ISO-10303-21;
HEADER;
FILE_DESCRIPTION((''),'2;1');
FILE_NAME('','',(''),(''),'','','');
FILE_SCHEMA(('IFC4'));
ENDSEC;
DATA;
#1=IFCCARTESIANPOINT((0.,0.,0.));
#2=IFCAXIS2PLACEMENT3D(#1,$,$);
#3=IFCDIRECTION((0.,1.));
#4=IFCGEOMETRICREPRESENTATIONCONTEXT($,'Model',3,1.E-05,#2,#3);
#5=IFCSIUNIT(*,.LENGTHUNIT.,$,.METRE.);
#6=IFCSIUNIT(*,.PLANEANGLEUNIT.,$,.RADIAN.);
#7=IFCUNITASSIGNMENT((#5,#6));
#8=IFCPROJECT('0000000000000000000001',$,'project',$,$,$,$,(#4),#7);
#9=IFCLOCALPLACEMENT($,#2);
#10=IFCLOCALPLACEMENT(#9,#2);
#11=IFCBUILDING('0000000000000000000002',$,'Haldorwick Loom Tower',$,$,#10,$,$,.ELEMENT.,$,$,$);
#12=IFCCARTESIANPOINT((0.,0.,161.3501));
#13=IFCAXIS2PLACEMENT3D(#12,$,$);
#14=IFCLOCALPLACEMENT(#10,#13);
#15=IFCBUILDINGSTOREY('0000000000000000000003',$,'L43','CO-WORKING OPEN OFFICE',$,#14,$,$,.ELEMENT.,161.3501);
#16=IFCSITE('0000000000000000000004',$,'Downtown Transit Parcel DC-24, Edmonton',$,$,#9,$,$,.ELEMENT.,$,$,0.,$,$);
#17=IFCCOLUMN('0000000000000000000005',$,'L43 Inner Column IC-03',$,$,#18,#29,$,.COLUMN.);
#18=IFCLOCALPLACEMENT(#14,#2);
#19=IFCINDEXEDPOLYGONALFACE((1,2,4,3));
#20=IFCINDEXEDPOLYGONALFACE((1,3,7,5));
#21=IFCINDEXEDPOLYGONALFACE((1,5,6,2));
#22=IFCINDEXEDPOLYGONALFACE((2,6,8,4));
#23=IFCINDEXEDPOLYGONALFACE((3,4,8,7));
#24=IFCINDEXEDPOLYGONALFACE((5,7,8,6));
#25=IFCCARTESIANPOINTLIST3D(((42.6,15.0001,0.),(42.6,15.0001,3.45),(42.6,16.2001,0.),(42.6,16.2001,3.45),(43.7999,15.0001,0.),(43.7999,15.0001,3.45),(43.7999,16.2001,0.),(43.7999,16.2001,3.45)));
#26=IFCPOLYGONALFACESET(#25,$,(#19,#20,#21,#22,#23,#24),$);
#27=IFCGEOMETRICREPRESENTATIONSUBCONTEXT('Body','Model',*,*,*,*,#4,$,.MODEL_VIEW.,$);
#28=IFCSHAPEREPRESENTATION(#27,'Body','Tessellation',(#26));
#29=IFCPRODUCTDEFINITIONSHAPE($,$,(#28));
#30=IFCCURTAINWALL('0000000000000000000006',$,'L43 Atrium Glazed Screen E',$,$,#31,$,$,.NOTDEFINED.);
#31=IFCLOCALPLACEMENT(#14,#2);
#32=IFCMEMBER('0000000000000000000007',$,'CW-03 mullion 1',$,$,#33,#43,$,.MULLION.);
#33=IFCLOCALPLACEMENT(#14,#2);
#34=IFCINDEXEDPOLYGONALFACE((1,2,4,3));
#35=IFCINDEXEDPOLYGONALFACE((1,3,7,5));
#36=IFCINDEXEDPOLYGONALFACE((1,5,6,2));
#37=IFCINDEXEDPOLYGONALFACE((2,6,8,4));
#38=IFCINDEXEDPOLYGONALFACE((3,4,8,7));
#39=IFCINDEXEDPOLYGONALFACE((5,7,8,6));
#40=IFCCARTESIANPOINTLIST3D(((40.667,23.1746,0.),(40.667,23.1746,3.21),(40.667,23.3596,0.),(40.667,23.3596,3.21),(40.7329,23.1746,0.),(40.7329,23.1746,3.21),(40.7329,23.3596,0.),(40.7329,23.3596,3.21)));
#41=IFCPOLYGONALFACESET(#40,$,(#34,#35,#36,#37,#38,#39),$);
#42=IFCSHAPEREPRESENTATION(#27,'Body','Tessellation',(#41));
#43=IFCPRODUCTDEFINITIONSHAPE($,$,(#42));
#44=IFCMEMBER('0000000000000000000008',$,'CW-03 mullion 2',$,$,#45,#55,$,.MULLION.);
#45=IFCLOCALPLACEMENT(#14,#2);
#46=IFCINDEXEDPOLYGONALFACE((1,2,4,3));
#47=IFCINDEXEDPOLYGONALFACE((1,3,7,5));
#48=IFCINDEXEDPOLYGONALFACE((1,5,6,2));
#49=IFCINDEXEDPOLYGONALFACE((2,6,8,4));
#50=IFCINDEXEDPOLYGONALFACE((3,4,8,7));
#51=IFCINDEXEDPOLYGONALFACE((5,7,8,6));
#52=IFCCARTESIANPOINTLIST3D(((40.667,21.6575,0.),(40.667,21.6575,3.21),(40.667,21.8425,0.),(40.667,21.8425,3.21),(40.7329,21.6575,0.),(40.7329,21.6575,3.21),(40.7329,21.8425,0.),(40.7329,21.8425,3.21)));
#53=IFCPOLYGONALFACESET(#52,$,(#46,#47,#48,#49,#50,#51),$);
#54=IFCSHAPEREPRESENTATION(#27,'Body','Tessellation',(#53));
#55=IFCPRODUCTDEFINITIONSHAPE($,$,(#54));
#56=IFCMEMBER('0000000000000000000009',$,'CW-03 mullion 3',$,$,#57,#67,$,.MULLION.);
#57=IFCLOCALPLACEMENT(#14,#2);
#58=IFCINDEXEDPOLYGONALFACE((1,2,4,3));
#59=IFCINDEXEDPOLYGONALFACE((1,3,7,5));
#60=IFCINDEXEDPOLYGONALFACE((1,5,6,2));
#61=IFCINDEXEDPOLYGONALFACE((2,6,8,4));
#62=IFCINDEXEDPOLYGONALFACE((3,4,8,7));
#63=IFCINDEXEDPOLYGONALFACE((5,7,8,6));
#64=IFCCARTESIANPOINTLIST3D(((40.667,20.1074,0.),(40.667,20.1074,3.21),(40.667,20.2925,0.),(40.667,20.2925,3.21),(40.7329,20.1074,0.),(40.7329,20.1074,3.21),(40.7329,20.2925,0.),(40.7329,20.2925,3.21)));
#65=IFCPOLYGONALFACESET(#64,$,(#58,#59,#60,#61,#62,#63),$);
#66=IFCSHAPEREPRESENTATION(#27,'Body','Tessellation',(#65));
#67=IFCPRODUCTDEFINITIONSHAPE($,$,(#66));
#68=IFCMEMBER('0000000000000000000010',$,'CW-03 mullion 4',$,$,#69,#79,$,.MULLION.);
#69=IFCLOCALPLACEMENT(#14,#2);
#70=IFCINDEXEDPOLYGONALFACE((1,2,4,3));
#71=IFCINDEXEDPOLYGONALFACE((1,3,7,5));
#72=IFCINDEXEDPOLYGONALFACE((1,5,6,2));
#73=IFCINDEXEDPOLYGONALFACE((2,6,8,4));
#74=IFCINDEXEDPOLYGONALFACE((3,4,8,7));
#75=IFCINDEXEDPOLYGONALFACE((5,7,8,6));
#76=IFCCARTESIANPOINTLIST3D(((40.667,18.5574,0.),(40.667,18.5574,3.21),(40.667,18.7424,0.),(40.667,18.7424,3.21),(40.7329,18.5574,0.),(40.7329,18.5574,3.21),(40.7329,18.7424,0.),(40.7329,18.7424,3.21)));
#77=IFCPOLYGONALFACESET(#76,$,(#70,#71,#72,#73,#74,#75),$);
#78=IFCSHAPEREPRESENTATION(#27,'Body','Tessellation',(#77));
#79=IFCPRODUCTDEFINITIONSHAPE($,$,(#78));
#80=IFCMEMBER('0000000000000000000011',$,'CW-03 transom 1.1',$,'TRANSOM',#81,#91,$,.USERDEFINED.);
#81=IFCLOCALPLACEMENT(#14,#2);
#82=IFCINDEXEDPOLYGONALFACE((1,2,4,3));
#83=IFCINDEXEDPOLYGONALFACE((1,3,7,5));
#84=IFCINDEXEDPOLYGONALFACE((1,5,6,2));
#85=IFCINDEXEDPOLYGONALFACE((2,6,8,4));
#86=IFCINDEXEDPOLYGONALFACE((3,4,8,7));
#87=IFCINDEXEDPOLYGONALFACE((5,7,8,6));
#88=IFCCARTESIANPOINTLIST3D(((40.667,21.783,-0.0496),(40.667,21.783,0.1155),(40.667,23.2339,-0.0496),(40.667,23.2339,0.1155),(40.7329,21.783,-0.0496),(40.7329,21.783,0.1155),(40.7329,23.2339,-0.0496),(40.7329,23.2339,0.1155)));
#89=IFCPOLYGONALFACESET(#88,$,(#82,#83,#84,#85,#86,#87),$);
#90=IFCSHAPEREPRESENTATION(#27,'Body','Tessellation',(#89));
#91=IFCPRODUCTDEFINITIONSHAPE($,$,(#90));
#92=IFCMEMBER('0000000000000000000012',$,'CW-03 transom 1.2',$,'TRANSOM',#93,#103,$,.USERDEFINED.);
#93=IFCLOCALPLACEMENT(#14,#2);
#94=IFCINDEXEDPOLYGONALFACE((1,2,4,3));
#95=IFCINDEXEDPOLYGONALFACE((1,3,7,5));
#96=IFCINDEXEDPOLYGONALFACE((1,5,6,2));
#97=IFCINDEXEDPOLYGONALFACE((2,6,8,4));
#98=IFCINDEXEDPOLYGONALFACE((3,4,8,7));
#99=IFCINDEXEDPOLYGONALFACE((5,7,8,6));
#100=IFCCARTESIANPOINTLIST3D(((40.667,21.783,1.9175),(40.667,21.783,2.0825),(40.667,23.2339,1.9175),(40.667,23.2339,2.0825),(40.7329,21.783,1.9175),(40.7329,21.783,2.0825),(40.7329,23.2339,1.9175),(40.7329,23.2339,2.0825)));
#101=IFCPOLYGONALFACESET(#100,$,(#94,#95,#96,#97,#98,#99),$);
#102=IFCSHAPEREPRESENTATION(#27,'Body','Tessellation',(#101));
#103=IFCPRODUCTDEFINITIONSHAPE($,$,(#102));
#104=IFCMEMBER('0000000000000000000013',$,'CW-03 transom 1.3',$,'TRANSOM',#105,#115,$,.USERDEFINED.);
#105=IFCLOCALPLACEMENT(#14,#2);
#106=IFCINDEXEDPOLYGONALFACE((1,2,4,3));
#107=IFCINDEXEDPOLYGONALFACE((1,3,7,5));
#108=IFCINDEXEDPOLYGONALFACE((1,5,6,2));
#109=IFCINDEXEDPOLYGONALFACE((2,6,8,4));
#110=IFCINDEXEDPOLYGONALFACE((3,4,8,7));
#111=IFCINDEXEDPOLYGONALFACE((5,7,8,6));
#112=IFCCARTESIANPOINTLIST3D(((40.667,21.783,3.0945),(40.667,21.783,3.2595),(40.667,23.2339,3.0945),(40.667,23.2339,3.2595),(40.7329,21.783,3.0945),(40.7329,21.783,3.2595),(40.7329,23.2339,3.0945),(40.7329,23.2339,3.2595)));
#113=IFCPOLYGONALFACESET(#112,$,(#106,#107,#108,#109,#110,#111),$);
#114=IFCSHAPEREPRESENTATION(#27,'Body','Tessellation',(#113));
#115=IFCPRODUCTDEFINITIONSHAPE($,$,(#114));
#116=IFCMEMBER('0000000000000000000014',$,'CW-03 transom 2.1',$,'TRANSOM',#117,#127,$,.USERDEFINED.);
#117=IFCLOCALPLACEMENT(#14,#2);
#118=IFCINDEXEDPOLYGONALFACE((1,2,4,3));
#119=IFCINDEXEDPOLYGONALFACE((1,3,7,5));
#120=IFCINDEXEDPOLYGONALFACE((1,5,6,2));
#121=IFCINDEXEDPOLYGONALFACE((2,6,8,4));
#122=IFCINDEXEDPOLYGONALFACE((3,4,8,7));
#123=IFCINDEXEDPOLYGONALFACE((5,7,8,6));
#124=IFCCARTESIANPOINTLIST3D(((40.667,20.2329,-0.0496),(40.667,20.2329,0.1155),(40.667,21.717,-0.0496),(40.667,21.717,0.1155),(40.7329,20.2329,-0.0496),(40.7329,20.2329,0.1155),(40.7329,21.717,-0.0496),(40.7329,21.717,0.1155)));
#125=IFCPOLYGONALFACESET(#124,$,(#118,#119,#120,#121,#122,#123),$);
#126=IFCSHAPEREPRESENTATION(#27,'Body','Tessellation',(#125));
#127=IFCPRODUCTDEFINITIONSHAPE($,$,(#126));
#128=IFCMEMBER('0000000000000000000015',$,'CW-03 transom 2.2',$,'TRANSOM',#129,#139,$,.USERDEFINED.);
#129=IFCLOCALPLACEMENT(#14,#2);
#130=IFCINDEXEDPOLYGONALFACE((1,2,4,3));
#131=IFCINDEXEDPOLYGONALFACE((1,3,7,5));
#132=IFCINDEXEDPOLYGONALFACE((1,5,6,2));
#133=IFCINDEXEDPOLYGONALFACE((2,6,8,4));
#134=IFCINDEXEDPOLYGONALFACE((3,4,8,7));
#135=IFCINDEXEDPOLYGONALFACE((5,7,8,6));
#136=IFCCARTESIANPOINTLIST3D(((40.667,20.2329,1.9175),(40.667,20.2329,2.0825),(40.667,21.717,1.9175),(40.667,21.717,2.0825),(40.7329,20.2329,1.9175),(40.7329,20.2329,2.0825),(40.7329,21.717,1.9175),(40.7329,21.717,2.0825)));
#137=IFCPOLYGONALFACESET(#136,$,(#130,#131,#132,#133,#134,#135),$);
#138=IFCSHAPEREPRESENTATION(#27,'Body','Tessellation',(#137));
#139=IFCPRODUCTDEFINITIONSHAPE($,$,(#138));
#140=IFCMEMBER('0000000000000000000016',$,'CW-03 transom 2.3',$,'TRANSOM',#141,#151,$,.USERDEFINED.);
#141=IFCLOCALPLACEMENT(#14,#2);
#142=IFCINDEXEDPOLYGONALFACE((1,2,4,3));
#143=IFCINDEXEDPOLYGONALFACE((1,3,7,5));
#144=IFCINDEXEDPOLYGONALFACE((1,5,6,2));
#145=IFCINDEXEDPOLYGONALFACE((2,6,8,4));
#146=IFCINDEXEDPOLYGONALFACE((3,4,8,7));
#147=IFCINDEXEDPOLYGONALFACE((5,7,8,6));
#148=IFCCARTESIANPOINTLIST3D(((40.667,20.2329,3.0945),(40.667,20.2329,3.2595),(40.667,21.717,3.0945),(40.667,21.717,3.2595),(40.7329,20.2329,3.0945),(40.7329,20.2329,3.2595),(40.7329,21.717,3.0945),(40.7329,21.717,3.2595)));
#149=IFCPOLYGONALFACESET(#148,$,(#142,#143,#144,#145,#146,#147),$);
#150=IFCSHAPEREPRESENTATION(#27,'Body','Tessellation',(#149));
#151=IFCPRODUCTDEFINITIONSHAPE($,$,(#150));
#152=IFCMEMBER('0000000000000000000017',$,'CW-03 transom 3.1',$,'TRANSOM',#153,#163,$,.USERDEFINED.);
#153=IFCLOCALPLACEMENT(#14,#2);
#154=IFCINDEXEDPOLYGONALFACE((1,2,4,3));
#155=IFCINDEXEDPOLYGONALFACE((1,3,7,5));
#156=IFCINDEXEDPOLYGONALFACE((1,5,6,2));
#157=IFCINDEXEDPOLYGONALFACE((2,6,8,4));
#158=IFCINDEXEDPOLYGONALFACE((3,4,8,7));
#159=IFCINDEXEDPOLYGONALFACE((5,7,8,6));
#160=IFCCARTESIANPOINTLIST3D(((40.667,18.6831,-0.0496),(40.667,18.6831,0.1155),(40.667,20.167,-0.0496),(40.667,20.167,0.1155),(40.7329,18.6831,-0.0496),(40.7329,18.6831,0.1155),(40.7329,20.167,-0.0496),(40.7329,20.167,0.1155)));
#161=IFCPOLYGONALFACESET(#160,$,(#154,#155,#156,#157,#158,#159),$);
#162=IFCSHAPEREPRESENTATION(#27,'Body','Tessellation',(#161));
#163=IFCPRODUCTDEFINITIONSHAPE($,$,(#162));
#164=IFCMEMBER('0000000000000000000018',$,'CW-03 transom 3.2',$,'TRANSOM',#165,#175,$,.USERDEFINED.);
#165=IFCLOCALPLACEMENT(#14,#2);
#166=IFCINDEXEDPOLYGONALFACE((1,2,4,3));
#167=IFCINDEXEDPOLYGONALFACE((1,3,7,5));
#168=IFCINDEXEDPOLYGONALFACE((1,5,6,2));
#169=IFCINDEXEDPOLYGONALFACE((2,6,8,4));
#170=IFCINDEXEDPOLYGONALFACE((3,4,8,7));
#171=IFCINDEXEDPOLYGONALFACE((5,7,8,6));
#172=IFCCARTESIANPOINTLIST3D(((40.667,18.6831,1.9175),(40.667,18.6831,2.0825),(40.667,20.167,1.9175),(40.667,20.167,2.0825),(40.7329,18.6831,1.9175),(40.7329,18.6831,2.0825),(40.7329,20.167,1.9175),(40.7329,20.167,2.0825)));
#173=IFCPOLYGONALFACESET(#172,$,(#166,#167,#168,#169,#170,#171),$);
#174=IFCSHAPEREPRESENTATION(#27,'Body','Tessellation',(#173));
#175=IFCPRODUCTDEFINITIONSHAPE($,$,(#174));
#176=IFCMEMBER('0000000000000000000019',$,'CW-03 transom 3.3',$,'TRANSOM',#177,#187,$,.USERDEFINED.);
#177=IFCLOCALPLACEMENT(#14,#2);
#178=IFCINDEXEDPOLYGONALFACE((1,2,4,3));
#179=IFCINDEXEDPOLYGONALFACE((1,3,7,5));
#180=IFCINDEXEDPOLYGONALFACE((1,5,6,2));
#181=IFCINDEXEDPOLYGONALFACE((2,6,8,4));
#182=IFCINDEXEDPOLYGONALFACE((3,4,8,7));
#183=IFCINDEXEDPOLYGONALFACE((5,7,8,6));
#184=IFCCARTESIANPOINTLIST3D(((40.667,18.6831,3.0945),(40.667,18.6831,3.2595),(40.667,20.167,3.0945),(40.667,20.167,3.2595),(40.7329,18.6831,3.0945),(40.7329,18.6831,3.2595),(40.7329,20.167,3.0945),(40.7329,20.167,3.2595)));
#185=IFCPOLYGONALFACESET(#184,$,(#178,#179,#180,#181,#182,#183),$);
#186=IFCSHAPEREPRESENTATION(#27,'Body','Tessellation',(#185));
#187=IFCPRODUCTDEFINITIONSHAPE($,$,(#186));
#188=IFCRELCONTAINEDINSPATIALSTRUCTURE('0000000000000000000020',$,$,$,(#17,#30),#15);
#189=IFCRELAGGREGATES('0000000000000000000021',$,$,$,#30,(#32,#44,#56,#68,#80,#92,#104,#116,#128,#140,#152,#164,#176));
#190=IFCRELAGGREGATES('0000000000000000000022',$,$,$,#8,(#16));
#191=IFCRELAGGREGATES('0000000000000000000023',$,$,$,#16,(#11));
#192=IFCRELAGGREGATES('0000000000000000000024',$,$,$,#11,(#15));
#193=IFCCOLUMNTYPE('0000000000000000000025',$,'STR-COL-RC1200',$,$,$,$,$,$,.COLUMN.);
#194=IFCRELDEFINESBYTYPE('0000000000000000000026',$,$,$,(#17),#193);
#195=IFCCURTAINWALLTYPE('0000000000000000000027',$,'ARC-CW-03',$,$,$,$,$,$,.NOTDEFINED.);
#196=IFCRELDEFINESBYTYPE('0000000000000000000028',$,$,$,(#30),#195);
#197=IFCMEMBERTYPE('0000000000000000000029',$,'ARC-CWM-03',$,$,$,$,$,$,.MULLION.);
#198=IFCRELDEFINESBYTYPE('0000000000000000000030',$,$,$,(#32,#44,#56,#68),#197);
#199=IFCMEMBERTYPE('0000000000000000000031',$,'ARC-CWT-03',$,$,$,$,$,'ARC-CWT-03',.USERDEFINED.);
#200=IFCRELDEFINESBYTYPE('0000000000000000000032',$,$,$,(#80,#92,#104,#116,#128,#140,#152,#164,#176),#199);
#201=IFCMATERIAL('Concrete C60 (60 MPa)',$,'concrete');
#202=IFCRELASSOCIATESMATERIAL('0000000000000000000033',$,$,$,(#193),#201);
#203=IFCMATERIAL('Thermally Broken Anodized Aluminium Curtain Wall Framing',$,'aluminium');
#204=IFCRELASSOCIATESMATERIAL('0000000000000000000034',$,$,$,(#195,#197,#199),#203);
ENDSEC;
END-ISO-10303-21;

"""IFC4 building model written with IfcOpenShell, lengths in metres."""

from ifc_helpers import new_model, si_unit, direction, frame, origin, origin_2d, place, context, subcontext, project, spatial, rectangle, extrude, material, material_profile, profile_set, type_object, element, aggregate, save


model = new_model("IFC4")

# Units and contexts
model_context = context("Model", 3, precision=1e-05, world=origin(), true_north=direction((0.0, 1.0)))
body_context = subcontext(model_context, "Body", "Model", "MODEL_VIEW")
ifc_project = project(units=[si_unit("LENGTHUNIT", "METRE"), si_unit("PLANEANGLEUNIT", "RADIAN")], contexts=[model_context])

# Site, building, storey
site_placement = place(None, origin())
site = spatial("IfcSite", under=ifc_project, at=site_placement, Name="Downtown Transit Parcel DC-24, Edmonton", CompositionType="ELEMENT", RefElevation=0.0)
building_placement = place(site_placement, origin())
building = spatial("IfcBuilding", under=site, at=building_placement, Name="Haldorwick Loom Tower", CompositionType="ELEMENT")
storey_placement = place(building_placement, frame((0.0, 0.0, 161.3501)))
storey = spatial("IfcBuildingStorey", under=building, at=storey_placement, Name="L43", Description="CO-WORKING OPEN OFFICE", CompositionType="ELEMENT", Elevation=161.3501)

# Column
ifc_material_1 = material(Name="Concrete C60 (60 MPa)", Category="concrete")
ifc_material_profile_1 = material_profile(ifc_material_1, rectangle(XDim=1.2, YDim=1.2, at=origin_2d()), Name="RC1200X1200", Category="concrete")
ifc_profile_set_1 = profile_set([ifc_material_profile_1], Name="Concrete C60 (60 MPa)")
column_type = type_object("IfcColumnType", Name="STR-COL-RC1200", PredefinedType="COLUMN", material=ifc_profile_set_1)
column_placement = place(storey_placement, frame((43.2, 15.6001, 0.0), z_axis=(0.0, 0.0, 1.0), x_axis=(1.0, 0.0, 0.0)))
element("IfcColumn", 1, at=column_placement, inside=storey, type_object=column_type, Name="L43 Inner Column IC-03", PredefinedType="COLUMN", context=body_context, shape_type="SweptSolid", body=[
    extrude(rectangle(XDim=1.2, YDim=1.2, at=origin_2d()), origin(), (0.0, 0.0, 1.0), 3.45),
])

# Curtain wall, members
ifc_material_2 = material(Name="Thermally Broken Anodized Aluminium Curtain Wall Framing", Category="aluminium")
curtain_wall_type = type_object("IfcCurtainWallType", Name="ARC-CW-03", PredefinedType="NOTDEFINED", material=ifc_material_2)
curtain_wall_placement = place(storey_placement, origin())
curtain_wall = element("IfcCurtainWall", 2, at=curtain_wall_placement, inside=storey, type_object=curtain_wall_type, Name="L43 Atrium Glazed Screen E", PredefinedType="NOTDEFINED")
ifc_material_profile_2 = material_profile(ifc_material_2, rectangle(XDim=0.0659, YDim=0.1851, at=origin_2d()), Name="ALU_MUL_66X185", Category="aluminium")
ifc_profile_set_2 = profile_set([ifc_material_profile_2], Name="Thermally Broken Anodized Aluminium Curtain Wall Framing")
member_type_1 = type_object("IfcMemberType", Name="ARC-CWM-03", PredefinedType="MULLION", material=ifc_profile_set_2)
member_1_placement = place(storey_placement, frame((40.7, 23.2671, 0.0), z_axis=(0.0, 0.0, 1.0), x_axis=(1.0, 0.0, 0.0)))
member_1 = element("IfcMember", 3, at=member_1_placement, type_object=member_type_1, Name="CW-03 mullion 1", PredefinedType="MULLION", context=body_context, shape_type="SweptSolid", body=[
    extrude(rectangle(XDim=0.0659, YDim=0.1851, at=origin_2d()), origin(), (0.0, 0.0, 1.0), 3.21),
])
member_2_placement = place(storey_placement, frame((40.7, 21.75, 0.0), z_axis=(0.0, 0.0, 1.0), x_axis=(1.0, 0.0, 0.0)))
member_2 = element("IfcMember", 4, at=member_2_placement, type_object=member_type_1, Name="CW-03 mullion 2", PredefinedType="MULLION", context=body_context, shape_type="SweptSolid", body=[
    extrude(rectangle(XDim=0.0659, YDim=0.1851, at=origin_2d()), origin(), (0.0, 0.0, 1.0), 3.21),
])
member_3_placement = place(storey_placement, frame((40.7, 20.2, 0.0), z_axis=(0.0, 0.0, 1.0), x_axis=(1.0, 0.0, 0.0)))
member_3 = element("IfcMember", 5, at=member_3_placement, type_object=member_type_1, Name="CW-03 mullion 3", PredefinedType="MULLION", context=body_context, shape_type="SweptSolid", body=[
    extrude(rectangle(XDim=0.0659, YDim=0.1851, at=origin_2d()), origin(), (0.0, 0.0, 1.0), 3.21),
])
member_4_placement = place(storey_placement, frame((40.7, 18.6499, 0.0), z_axis=(0.0, 0.0, 1.0), x_axis=(1.0, 0.0, 0.0)))
member_4 = element("IfcMember", 6, at=member_4_placement, type_object=member_type_1, Name="CW-03 mullion 4", PredefinedType="MULLION", context=body_context, shape_type="SweptSolid", body=[
    extrude(rectangle(XDim=0.0659, YDim=0.1851, at=origin_2d()), origin(), (0.0, 0.0, 1.0), 3.21),
])
ifc_material_profile_3 = material_profile(ifc_material_2, rectangle(XDim=0.0659, YDim=0.165, at=origin_2d()), Name="ALU_TRN_66X165", Category="aluminium")
ifc_profile_set_3 = profile_set([ifc_material_profile_3], Name="Thermally Broken Anodized Aluminium Curtain Wall Framing")
member_type_2 = type_object("IfcMemberType", Name="ARC-CWT-03", ElementType="ARC-CWT-03", PredefinedType="USERDEFINED", material=ifc_profile_set_3)
member_5_placement = place(storey_placement, frame((40.7, 23.2339, 0.033), z_axis=(0.0, -1.0, 0.0), x_axis=(1.0, 0.0, 0.0)))
member_5 = element("IfcMember", 7, at=member_5_placement, type_object=member_type_2, Name="CW-03 transom 1.1", ObjectType="TRANSOM", PredefinedType="USERDEFINED", context=body_context, shape_type="SweptSolid", body=[
    extrude(rectangle(XDim=0.0659, YDim=0.165, at=origin_2d()), origin(), (0.0, 0.0, 1.0), 1.4509),
])
member_6_placement = place(storey_placement, frame((40.7, 23.2339, 2.0), z_axis=(0.0, -1.0, 0.0), x_axis=(1.0, 0.0, 0.0)))
member_6 = element("IfcMember", 8, at=member_6_placement, type_object=member_type_2, Name="CW-03 transom 1.2", ObjectType="TRANSOM", PredefinedType="USERDEFINED", context=body_context, shape_type="SweptSolid", body=[
    extrude(rectangle(XDim=0.0659, YDim=0.165, at=origin_2d()), origin(), (0.0, 0.0, 1.0), 1.4509),
])
member_7_placement = place(storey_placement, frame((40.7, 23.2339, 3.177), z_axis=(0.0, -1.0, 0.0), x_axis=(1.0, 0.0, 0.0)))
member_7 = element("IfcMember", 9, at=member_7_placement, type_object=member_type_2, Name="CW-03 transom 1.3", ObjectType="TRANSOM", PredefinedType="USERDEFINED", context=body_context, shape_type="SweptSolid", body=[
    extrude(rectangle(XDim=0.0659, YDim=0.165, at=origin_2d()), origin(), (0.0, 0.0, 1.0), 1.4509),
])
member_8_placement = place(storey_placement, frame((40.7, 21.717, 0.033), z_axis=(0.0, -1.0, 0.0), x_axis=(1.0, 0.0, 0.0)))
member_8 = element("IfcMember", 10, at=member_8_placement, type_object=member_type_2, Name="CW-03 transom 2.1", ObjectType="TRANSOM", PredefinedType="USERDEFINED", context=body_context, shape_type="SweptSolid", body=[
    extrude(rectangle(XDim=0.0659, YDim=0.165, at=origin_2d()), origin(), (0.0, 0.0, 1.0), 1.4841),
])
member_9_placement = place(storey_placement, frame((40.7, 21.717, 2.0), z_axis=(0.0, -1.0, 0.0), x_axis=(1.0, 0.0, 0.0)))
member_9 = element("IfcMember", 11, at=member_9_placement, type_object=member_type_2, Name="CW-03 transom 2.2", ObjectType="TRANSOM", PredefinedType="USERDEFINED", context=body_context, shape_type="SweptSolid", body=[
    extrude(rectangle(XDim=0.0659, YDim=0.165, at=origin_2d()), origin(), (0.0, 0.0, 1.0), 1.4841),
])
member_10_placement = place(storey_placement, frame((40.7, 21.717, 3.177), z_axis=(0.0, -1.0, 0.0), x_axis=(1.0, 0.0, 0.0)))
member_10 = element("IfcMember", 12, at=member_10_placement, type_object=member_type_2, Name="CW-03 transom 2.3", ObjectType="TRANSOM", PredefinedType="USERDEFINED", context=body_context, shape_type="SweptSolid", body=[
    extrude(rectangle(XDim=0.0659, YDim=0.165, at=origin_2d()), origin(), (0.0, 0.0, 1.0), 1.4841),
])
member_11_placement = place(storey_placement, frame((40.7, 20.167, 0.033), z_axis=(0.0, -1.0, 0.0), x_axis=(1.0, 0.0, 0.0)))
member_11 = element("IfcMember", 13, at=member_11_placement, type_object=member_type_2, Name="CW-03 transom 3.1", ObjectType="TRANSOM", PredefinedType="USERDEFINED", context=body_context, shape_type="SweptSolid", body=[
    extrude(rectangle(XDim=0.0659, YDim=0.165, at=origin_2d()), origin(), (0.0, 0.0, 1.0), 1.4839),
])
member_12_placement = place(storey_placement, frame((40.7, 20.167, 2.0), z_axis=(0.0, -1.0, 0.0), x_axis=(1.0, 0.0, 0.0)))
member_12 = element("IfcMember", 14, at=member_12_placement, type_object=member_type_2, Name="CW-03 transom 3.2", ObjectType="TRANSOM", PredefinedType="USERDEFINED", context=body_context, shape_type="SweptSolid", body=[
    extrude(rectangle(XDim=0.0659, YDim=0.165, at=origin_2d()), origin(), (0.0, 0.0, 1.0), 1.4839),
])
member_13_placement = place(storey_placement, frame((40.7, 20.167, 3.177), z_axis=(0.0, -1.0, 0.0), x_axis=(1.0, 0.0, 0.0)))
member_13 = element("IfcMember", 15, at=member_13_placement, type_object=member_type_2, Name="CW-03 transom 3.3", ObjectType="TRANSOM", PredefinedType="USERDEFINED", context=body_context, shape_type="SweptSolid", body=[
    extrude(rectangle(XDim=0.0659, YDim=0.165, at=origin_2d()), origin(), (0.0, 0.0, 1.0), 1.4839),
])

aggregate(curtain_wall, [member_1, member_2, member_3, member_4, member_5, member_6, member_7, member_8, member_9, member_10, member_11, member_12, member_13])

save(model, "model.ifc")
